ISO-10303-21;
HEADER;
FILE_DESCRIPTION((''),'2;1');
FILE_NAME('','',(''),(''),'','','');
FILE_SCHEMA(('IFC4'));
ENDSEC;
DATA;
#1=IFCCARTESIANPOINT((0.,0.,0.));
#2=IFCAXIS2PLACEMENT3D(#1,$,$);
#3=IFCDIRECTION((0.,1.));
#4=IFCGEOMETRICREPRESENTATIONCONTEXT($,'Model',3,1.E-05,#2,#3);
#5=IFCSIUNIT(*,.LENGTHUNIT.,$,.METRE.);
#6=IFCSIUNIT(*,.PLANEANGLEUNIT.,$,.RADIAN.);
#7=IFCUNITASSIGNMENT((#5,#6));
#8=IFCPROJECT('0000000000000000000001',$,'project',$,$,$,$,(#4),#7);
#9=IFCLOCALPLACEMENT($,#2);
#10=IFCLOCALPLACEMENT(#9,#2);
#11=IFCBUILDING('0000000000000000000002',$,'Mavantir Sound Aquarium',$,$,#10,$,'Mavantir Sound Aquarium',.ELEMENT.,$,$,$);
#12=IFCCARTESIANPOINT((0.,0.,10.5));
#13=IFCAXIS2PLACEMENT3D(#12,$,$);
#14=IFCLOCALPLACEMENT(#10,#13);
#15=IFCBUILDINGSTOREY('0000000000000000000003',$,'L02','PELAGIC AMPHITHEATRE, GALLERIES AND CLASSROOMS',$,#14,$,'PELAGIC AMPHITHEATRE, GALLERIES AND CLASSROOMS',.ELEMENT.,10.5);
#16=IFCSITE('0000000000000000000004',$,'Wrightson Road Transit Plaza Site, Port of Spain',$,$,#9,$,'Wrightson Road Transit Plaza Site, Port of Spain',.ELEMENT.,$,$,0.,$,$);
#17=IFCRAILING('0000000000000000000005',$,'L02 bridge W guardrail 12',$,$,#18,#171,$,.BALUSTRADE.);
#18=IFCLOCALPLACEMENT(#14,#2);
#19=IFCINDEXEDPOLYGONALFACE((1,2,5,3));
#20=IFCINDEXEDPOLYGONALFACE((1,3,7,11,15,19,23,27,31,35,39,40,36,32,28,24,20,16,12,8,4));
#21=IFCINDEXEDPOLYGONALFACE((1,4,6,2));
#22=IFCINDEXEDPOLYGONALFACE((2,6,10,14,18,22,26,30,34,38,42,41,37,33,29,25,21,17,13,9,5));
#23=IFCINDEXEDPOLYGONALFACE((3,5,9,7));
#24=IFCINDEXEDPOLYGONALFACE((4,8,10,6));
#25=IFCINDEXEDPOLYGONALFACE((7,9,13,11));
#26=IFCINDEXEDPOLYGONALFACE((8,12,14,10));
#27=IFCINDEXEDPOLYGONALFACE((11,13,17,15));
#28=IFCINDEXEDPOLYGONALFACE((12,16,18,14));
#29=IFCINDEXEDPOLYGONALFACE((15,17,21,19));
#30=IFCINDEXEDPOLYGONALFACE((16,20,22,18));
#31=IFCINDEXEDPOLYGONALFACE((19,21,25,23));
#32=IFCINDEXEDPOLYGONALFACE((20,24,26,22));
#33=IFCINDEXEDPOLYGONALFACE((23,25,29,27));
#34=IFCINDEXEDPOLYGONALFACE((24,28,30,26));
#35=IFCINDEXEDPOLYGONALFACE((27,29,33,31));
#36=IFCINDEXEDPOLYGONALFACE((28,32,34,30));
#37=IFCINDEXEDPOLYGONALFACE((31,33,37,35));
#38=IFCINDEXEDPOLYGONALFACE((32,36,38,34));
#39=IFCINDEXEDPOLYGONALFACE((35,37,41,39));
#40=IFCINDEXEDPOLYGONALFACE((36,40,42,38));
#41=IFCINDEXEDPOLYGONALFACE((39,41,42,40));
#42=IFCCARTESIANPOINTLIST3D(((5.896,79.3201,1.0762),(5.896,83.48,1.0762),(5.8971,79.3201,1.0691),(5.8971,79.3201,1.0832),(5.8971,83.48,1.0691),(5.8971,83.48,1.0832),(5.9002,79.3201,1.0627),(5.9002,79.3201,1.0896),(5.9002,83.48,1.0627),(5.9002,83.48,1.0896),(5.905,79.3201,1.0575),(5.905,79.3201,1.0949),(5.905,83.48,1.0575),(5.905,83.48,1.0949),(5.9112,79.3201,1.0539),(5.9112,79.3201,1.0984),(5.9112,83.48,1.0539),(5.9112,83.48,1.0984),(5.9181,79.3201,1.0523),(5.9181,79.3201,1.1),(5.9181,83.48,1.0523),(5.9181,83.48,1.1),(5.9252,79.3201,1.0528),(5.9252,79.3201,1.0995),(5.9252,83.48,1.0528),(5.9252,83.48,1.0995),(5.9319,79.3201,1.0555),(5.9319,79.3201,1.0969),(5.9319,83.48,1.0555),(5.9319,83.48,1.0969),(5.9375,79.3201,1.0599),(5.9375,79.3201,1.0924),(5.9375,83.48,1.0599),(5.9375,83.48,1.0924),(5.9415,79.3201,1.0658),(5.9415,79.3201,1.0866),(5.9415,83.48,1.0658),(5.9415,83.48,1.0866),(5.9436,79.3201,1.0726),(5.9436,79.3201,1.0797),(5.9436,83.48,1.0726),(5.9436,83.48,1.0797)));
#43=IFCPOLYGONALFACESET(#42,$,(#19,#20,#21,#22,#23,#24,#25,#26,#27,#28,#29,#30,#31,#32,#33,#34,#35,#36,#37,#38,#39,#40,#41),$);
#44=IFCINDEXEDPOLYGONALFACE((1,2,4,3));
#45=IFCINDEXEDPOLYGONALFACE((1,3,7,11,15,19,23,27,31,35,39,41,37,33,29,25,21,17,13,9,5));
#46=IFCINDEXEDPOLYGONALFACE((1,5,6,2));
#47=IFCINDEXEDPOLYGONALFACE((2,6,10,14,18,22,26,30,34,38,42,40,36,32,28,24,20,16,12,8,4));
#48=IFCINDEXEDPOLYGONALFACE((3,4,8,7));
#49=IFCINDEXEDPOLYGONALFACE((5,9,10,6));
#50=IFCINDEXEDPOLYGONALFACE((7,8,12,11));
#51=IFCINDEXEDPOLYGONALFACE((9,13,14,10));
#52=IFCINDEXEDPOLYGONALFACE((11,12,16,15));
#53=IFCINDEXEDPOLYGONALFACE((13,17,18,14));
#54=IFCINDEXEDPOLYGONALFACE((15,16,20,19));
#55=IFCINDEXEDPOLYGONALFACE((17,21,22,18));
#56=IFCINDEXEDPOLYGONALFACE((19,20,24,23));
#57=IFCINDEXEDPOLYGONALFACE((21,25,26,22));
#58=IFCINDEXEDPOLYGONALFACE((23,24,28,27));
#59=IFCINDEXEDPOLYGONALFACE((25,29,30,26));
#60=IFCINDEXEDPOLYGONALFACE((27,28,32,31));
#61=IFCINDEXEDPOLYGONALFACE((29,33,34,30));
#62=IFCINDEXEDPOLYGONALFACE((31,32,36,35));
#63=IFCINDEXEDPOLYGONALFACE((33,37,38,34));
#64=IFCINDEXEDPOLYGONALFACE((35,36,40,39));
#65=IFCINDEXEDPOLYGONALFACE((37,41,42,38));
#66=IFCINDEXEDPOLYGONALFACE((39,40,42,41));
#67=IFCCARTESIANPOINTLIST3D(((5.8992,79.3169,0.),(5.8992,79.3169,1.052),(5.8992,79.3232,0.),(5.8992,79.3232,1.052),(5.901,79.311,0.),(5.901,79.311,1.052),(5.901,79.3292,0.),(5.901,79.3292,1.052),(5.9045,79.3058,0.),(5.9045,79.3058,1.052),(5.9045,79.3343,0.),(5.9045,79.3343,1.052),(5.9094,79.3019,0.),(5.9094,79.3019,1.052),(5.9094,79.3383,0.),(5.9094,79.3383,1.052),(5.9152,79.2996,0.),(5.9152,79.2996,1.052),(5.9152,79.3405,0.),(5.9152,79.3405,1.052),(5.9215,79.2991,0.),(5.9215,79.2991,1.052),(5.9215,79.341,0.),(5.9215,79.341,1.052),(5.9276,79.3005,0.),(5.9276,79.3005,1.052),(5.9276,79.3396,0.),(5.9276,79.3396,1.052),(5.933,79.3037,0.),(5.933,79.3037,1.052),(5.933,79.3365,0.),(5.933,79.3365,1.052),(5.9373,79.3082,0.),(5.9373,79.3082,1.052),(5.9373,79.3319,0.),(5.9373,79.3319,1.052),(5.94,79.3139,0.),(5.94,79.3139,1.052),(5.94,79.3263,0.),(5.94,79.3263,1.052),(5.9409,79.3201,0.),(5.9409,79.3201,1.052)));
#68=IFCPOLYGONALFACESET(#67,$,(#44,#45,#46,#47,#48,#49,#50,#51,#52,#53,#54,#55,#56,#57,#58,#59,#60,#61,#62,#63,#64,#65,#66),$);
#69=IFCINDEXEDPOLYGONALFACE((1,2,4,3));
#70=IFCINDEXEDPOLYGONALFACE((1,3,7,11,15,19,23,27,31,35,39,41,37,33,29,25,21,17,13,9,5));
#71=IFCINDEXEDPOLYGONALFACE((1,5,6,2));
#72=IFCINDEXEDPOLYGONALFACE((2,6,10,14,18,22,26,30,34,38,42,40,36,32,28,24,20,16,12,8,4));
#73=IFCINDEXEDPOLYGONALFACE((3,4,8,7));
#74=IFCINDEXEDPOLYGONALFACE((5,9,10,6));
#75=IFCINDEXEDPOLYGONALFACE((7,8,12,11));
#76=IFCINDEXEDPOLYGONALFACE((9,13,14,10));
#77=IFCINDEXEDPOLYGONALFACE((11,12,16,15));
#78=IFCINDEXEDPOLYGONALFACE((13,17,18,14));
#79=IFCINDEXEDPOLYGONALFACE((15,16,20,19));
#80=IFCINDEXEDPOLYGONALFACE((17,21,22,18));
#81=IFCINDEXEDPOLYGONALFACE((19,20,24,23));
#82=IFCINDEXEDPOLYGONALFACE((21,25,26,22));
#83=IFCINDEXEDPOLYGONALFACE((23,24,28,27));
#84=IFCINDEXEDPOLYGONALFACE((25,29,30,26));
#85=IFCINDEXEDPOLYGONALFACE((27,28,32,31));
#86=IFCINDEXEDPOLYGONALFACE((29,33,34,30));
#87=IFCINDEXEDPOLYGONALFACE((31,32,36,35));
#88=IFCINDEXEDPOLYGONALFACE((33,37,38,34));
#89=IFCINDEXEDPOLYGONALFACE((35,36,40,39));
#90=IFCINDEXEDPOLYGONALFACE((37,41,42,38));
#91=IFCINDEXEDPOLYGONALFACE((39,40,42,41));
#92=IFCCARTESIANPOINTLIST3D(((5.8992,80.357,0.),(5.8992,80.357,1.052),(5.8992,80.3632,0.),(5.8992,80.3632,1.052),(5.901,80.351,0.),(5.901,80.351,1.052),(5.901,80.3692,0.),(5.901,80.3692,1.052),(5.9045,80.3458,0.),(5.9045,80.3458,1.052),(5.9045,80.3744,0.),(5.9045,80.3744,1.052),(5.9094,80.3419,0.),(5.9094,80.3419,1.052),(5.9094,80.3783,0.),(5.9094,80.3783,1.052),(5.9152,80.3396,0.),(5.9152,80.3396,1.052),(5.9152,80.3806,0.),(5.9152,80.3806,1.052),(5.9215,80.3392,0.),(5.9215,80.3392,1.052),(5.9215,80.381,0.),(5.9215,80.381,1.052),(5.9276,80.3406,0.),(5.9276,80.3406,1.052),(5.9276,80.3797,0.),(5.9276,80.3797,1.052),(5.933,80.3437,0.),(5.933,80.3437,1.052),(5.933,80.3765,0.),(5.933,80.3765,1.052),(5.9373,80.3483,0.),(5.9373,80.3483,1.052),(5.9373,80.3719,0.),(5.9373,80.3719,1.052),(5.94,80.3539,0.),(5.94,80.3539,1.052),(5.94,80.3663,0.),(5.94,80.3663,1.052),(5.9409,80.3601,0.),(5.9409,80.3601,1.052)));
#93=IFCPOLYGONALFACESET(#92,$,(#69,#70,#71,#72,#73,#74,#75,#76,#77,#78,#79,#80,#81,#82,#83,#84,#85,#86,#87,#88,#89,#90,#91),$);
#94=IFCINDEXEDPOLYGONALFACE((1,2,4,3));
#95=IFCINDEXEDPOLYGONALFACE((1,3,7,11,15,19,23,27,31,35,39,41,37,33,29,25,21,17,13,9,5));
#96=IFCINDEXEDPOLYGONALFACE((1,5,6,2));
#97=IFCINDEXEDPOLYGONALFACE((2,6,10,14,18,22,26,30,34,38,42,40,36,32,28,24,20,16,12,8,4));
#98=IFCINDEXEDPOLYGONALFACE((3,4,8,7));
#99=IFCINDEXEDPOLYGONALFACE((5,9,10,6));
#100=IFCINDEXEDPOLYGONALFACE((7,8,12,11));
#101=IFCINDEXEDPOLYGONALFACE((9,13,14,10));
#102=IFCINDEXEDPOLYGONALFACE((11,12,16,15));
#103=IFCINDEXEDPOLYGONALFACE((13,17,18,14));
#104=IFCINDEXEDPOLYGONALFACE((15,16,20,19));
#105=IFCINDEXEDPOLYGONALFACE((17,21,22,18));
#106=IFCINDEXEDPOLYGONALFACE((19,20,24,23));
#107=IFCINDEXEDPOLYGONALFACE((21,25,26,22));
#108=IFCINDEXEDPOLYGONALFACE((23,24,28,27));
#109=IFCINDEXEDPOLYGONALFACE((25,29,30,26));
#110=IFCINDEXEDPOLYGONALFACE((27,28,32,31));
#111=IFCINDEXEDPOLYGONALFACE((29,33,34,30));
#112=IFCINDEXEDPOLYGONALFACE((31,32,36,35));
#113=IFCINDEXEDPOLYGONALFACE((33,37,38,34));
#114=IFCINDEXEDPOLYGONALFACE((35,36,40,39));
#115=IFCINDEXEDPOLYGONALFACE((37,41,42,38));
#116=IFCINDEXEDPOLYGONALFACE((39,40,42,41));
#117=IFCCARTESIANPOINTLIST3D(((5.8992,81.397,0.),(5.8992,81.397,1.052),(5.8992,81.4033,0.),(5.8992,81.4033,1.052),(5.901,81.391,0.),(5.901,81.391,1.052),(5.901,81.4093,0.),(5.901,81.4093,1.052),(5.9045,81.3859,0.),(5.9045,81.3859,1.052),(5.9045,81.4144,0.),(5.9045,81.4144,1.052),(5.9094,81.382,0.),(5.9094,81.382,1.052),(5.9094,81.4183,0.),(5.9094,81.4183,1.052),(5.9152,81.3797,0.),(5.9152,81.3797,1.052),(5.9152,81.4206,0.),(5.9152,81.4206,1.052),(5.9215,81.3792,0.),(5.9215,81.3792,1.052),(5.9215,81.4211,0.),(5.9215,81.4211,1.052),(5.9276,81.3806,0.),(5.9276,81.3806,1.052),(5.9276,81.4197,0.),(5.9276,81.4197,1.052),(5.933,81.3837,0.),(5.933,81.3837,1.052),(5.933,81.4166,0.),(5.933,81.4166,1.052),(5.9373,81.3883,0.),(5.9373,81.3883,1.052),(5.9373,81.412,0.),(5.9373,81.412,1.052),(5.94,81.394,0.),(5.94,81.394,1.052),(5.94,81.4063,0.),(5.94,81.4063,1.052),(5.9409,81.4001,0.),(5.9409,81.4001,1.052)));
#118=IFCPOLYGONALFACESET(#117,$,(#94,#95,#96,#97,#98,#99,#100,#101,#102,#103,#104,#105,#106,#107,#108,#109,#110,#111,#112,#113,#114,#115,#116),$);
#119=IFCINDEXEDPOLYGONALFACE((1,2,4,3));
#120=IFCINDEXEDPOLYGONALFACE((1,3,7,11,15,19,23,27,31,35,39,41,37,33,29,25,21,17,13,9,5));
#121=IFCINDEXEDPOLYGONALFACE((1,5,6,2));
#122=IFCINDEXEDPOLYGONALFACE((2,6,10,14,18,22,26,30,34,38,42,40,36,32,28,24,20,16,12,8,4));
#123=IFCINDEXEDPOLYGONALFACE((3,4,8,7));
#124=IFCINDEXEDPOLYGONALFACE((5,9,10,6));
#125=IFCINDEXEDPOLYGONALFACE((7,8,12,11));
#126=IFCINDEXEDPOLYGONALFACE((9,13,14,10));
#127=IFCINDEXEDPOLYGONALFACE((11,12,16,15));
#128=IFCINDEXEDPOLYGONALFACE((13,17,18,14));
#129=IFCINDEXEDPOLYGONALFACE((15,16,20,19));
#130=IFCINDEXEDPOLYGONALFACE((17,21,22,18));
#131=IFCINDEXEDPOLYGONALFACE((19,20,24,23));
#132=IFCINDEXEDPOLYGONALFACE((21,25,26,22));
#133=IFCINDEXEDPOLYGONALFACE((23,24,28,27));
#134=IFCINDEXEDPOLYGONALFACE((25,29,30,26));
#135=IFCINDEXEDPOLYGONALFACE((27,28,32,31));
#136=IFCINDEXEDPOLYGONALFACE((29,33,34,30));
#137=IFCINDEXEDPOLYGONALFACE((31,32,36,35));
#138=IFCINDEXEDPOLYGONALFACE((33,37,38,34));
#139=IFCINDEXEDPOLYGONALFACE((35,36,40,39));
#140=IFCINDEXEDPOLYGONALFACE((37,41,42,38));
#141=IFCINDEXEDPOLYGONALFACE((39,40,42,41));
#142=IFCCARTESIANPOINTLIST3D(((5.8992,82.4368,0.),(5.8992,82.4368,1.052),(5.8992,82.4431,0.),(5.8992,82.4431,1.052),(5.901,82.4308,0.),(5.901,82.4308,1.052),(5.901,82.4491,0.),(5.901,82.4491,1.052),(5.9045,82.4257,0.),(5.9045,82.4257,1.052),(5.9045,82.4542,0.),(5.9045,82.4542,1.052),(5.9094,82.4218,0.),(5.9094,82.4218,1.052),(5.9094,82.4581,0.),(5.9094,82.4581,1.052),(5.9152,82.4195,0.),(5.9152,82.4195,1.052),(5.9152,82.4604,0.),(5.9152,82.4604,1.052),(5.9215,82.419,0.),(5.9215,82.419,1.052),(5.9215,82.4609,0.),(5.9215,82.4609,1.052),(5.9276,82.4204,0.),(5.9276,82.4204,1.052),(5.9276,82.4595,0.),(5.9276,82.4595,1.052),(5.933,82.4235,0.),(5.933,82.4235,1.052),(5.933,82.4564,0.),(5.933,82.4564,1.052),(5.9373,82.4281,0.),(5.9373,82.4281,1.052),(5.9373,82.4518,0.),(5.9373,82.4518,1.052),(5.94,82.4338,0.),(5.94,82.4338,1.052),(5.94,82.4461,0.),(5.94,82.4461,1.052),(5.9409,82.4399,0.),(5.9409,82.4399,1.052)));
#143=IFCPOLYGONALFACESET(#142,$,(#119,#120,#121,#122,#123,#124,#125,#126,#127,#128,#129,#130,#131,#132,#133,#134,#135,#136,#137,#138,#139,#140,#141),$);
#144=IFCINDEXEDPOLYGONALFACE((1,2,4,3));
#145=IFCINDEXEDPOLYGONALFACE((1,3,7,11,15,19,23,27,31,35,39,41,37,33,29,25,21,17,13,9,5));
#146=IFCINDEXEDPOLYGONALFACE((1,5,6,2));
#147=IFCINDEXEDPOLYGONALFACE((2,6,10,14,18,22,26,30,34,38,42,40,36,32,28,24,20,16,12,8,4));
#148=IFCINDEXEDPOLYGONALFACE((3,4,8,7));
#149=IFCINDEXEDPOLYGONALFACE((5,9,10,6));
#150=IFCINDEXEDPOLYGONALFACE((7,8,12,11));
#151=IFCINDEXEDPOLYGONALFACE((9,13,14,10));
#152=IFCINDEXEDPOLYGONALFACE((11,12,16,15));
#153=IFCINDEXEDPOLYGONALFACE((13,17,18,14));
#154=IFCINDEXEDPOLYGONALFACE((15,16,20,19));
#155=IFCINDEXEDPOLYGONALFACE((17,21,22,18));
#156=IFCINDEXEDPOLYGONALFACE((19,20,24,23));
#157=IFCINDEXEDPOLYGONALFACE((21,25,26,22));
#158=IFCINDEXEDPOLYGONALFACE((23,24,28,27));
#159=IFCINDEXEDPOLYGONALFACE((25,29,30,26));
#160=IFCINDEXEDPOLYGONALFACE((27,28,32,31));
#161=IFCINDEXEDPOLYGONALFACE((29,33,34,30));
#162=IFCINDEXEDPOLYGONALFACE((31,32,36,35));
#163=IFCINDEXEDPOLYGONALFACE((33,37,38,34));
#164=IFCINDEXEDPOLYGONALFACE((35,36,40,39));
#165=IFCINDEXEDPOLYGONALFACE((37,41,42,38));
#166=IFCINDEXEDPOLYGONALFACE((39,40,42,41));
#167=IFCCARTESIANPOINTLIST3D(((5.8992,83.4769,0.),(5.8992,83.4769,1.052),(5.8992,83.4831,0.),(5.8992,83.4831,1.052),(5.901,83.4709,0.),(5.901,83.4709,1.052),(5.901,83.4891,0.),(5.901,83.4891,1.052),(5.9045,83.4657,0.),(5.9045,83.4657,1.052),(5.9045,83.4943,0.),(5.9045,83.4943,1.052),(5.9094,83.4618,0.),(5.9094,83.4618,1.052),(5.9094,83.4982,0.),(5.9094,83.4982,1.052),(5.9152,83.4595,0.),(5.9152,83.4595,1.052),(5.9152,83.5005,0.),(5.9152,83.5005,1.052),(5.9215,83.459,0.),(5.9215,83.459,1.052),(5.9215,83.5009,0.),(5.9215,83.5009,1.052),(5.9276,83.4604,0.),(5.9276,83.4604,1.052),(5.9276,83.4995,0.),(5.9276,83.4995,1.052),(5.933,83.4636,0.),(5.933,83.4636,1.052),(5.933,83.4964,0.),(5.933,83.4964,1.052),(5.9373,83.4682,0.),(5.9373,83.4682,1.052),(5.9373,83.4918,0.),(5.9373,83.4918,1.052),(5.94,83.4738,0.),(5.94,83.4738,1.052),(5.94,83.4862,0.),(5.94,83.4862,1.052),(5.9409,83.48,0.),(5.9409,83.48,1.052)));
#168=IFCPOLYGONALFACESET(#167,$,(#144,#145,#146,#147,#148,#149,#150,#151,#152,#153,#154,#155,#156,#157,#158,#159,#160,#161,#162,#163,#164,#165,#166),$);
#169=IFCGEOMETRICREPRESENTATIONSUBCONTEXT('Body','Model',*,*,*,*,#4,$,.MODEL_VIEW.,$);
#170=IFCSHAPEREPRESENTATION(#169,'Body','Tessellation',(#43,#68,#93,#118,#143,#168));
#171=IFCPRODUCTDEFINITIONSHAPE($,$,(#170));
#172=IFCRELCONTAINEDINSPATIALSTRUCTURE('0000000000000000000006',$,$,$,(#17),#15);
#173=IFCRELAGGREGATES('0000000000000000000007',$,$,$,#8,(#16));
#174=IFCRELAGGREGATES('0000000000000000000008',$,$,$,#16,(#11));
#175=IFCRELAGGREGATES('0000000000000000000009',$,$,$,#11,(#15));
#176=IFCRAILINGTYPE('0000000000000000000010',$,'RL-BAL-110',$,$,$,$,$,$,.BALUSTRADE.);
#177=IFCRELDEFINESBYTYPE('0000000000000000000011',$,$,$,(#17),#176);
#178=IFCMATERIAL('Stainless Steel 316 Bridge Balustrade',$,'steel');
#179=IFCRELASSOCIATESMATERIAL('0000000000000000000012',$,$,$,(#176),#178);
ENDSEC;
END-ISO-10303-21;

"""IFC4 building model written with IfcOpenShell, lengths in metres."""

from ifc_helpers import new_model, si_unit, direction, frame, origin, origin_2d, place, context, subcontext, project, spatial, circle, extrude, material, type_object, element, save


model = new_model("IFC4")

# Units and contexts
model_context = context("Model", 3, precision=1e-05, world=origin(), true_north=direction((0.0, 1.0)))
body_context = subcontext(model_context, "Body", "Model", "MODEL_VIEW")
ifc_project = project(units=[si_unit("LENGTHUNIT", "METRE"), si_unit("PLANEANGLEUNIT", "RADIAN")], contexts=[model_context])

# Site, building, storey
site_placement = place(None, origin())
site = spatial("IfcSite", under=ifc_project, at=site_placement, Name="Wrightson Road Transit Plaza Site, Port of Spain", LongName="Wrightson Road Transit Plaza Site, Port of Spain", CompositionType="ELEMENT", RefElevation=0.0)
building_placement = place(site_placement, origin())
building = spatial("IfcBuilding", under=site, at=building_placement, Name="Mavantir Sound Aquarium", LongName="Mavantir Sound Aquarium", CompositionType="ELEMENT")
storey_placement = place(building_placement, frame((0.0, 0.0, 10.5)))
storey = spatial("IfcBuildingStorey", under=building, at=storey_placement, Name="L02", Description="PELAGIC AMPHITHEATRE, GALLERIES AND CLASSROOMS", LongName="PELAGIC AMPHITHEATRE, GALLERIES AND CLASSROOMS", CompositionType="ELEMENT", Elevation=10.5)

# Railing
ifc_material_1 = material(Name="Stainless Steel 316 Bridge Balustrade", Category="steel")
railing_type_1 = type_object("IfcRailingType", Name="RL-BAL-110", PredefinedType="BALUSTRADE", material=ifc_material_1)
railing_1_placement = place(storey_placement, frame((5.9199, 79.3201, 0.0)))
element("IfcRailing", 1, at=railing_1_placement, inside=storey, type_object=railing_type_1, Name="L02 bridge W guardrail 12", PredefinedType="BALUSTRADE", context=body_context, shape_type="SweptSolid", body=[
    extrude(circle(Radius=0.0239, at=origin_2d()), frame((0.0, 0.0, 1.0762), z_axis=(0.0, 1.0, 0.0), x_axis=(-1.0, 0.0, 0.0)), (0.0, 0.0, 1.0), 4.1599),
    extrude(circle(Radius=0.021, at=origin_2d()), origin(), (0.0, 0.0, 1.0), 1.052),
    extrude(circle(Radius=0.021, at=origin_2d()), frame((0.0, 1.04, 0.0)), (0.0, 0.0, 1.0), 1.052),
    extrude(circle(Radius=0.021, at=origin_2d()), frame((0.0, 2.0801, 0.0)), (0.0, 0.0, 1.0), 1.052),
    extrude(circle(Radius=0.021, at=origin_2d()), frame((0.0, 3.1199, 0.0)), (0.0, 0.0, 1.0), 1.052),
    extrude(circle(Radius=0.021, at=origin_2d()), frame((0.0, 4.1599, 0.0)), (0.0, 0.0, 1.0), 1.052),
])

save(model, "model.ifc")
